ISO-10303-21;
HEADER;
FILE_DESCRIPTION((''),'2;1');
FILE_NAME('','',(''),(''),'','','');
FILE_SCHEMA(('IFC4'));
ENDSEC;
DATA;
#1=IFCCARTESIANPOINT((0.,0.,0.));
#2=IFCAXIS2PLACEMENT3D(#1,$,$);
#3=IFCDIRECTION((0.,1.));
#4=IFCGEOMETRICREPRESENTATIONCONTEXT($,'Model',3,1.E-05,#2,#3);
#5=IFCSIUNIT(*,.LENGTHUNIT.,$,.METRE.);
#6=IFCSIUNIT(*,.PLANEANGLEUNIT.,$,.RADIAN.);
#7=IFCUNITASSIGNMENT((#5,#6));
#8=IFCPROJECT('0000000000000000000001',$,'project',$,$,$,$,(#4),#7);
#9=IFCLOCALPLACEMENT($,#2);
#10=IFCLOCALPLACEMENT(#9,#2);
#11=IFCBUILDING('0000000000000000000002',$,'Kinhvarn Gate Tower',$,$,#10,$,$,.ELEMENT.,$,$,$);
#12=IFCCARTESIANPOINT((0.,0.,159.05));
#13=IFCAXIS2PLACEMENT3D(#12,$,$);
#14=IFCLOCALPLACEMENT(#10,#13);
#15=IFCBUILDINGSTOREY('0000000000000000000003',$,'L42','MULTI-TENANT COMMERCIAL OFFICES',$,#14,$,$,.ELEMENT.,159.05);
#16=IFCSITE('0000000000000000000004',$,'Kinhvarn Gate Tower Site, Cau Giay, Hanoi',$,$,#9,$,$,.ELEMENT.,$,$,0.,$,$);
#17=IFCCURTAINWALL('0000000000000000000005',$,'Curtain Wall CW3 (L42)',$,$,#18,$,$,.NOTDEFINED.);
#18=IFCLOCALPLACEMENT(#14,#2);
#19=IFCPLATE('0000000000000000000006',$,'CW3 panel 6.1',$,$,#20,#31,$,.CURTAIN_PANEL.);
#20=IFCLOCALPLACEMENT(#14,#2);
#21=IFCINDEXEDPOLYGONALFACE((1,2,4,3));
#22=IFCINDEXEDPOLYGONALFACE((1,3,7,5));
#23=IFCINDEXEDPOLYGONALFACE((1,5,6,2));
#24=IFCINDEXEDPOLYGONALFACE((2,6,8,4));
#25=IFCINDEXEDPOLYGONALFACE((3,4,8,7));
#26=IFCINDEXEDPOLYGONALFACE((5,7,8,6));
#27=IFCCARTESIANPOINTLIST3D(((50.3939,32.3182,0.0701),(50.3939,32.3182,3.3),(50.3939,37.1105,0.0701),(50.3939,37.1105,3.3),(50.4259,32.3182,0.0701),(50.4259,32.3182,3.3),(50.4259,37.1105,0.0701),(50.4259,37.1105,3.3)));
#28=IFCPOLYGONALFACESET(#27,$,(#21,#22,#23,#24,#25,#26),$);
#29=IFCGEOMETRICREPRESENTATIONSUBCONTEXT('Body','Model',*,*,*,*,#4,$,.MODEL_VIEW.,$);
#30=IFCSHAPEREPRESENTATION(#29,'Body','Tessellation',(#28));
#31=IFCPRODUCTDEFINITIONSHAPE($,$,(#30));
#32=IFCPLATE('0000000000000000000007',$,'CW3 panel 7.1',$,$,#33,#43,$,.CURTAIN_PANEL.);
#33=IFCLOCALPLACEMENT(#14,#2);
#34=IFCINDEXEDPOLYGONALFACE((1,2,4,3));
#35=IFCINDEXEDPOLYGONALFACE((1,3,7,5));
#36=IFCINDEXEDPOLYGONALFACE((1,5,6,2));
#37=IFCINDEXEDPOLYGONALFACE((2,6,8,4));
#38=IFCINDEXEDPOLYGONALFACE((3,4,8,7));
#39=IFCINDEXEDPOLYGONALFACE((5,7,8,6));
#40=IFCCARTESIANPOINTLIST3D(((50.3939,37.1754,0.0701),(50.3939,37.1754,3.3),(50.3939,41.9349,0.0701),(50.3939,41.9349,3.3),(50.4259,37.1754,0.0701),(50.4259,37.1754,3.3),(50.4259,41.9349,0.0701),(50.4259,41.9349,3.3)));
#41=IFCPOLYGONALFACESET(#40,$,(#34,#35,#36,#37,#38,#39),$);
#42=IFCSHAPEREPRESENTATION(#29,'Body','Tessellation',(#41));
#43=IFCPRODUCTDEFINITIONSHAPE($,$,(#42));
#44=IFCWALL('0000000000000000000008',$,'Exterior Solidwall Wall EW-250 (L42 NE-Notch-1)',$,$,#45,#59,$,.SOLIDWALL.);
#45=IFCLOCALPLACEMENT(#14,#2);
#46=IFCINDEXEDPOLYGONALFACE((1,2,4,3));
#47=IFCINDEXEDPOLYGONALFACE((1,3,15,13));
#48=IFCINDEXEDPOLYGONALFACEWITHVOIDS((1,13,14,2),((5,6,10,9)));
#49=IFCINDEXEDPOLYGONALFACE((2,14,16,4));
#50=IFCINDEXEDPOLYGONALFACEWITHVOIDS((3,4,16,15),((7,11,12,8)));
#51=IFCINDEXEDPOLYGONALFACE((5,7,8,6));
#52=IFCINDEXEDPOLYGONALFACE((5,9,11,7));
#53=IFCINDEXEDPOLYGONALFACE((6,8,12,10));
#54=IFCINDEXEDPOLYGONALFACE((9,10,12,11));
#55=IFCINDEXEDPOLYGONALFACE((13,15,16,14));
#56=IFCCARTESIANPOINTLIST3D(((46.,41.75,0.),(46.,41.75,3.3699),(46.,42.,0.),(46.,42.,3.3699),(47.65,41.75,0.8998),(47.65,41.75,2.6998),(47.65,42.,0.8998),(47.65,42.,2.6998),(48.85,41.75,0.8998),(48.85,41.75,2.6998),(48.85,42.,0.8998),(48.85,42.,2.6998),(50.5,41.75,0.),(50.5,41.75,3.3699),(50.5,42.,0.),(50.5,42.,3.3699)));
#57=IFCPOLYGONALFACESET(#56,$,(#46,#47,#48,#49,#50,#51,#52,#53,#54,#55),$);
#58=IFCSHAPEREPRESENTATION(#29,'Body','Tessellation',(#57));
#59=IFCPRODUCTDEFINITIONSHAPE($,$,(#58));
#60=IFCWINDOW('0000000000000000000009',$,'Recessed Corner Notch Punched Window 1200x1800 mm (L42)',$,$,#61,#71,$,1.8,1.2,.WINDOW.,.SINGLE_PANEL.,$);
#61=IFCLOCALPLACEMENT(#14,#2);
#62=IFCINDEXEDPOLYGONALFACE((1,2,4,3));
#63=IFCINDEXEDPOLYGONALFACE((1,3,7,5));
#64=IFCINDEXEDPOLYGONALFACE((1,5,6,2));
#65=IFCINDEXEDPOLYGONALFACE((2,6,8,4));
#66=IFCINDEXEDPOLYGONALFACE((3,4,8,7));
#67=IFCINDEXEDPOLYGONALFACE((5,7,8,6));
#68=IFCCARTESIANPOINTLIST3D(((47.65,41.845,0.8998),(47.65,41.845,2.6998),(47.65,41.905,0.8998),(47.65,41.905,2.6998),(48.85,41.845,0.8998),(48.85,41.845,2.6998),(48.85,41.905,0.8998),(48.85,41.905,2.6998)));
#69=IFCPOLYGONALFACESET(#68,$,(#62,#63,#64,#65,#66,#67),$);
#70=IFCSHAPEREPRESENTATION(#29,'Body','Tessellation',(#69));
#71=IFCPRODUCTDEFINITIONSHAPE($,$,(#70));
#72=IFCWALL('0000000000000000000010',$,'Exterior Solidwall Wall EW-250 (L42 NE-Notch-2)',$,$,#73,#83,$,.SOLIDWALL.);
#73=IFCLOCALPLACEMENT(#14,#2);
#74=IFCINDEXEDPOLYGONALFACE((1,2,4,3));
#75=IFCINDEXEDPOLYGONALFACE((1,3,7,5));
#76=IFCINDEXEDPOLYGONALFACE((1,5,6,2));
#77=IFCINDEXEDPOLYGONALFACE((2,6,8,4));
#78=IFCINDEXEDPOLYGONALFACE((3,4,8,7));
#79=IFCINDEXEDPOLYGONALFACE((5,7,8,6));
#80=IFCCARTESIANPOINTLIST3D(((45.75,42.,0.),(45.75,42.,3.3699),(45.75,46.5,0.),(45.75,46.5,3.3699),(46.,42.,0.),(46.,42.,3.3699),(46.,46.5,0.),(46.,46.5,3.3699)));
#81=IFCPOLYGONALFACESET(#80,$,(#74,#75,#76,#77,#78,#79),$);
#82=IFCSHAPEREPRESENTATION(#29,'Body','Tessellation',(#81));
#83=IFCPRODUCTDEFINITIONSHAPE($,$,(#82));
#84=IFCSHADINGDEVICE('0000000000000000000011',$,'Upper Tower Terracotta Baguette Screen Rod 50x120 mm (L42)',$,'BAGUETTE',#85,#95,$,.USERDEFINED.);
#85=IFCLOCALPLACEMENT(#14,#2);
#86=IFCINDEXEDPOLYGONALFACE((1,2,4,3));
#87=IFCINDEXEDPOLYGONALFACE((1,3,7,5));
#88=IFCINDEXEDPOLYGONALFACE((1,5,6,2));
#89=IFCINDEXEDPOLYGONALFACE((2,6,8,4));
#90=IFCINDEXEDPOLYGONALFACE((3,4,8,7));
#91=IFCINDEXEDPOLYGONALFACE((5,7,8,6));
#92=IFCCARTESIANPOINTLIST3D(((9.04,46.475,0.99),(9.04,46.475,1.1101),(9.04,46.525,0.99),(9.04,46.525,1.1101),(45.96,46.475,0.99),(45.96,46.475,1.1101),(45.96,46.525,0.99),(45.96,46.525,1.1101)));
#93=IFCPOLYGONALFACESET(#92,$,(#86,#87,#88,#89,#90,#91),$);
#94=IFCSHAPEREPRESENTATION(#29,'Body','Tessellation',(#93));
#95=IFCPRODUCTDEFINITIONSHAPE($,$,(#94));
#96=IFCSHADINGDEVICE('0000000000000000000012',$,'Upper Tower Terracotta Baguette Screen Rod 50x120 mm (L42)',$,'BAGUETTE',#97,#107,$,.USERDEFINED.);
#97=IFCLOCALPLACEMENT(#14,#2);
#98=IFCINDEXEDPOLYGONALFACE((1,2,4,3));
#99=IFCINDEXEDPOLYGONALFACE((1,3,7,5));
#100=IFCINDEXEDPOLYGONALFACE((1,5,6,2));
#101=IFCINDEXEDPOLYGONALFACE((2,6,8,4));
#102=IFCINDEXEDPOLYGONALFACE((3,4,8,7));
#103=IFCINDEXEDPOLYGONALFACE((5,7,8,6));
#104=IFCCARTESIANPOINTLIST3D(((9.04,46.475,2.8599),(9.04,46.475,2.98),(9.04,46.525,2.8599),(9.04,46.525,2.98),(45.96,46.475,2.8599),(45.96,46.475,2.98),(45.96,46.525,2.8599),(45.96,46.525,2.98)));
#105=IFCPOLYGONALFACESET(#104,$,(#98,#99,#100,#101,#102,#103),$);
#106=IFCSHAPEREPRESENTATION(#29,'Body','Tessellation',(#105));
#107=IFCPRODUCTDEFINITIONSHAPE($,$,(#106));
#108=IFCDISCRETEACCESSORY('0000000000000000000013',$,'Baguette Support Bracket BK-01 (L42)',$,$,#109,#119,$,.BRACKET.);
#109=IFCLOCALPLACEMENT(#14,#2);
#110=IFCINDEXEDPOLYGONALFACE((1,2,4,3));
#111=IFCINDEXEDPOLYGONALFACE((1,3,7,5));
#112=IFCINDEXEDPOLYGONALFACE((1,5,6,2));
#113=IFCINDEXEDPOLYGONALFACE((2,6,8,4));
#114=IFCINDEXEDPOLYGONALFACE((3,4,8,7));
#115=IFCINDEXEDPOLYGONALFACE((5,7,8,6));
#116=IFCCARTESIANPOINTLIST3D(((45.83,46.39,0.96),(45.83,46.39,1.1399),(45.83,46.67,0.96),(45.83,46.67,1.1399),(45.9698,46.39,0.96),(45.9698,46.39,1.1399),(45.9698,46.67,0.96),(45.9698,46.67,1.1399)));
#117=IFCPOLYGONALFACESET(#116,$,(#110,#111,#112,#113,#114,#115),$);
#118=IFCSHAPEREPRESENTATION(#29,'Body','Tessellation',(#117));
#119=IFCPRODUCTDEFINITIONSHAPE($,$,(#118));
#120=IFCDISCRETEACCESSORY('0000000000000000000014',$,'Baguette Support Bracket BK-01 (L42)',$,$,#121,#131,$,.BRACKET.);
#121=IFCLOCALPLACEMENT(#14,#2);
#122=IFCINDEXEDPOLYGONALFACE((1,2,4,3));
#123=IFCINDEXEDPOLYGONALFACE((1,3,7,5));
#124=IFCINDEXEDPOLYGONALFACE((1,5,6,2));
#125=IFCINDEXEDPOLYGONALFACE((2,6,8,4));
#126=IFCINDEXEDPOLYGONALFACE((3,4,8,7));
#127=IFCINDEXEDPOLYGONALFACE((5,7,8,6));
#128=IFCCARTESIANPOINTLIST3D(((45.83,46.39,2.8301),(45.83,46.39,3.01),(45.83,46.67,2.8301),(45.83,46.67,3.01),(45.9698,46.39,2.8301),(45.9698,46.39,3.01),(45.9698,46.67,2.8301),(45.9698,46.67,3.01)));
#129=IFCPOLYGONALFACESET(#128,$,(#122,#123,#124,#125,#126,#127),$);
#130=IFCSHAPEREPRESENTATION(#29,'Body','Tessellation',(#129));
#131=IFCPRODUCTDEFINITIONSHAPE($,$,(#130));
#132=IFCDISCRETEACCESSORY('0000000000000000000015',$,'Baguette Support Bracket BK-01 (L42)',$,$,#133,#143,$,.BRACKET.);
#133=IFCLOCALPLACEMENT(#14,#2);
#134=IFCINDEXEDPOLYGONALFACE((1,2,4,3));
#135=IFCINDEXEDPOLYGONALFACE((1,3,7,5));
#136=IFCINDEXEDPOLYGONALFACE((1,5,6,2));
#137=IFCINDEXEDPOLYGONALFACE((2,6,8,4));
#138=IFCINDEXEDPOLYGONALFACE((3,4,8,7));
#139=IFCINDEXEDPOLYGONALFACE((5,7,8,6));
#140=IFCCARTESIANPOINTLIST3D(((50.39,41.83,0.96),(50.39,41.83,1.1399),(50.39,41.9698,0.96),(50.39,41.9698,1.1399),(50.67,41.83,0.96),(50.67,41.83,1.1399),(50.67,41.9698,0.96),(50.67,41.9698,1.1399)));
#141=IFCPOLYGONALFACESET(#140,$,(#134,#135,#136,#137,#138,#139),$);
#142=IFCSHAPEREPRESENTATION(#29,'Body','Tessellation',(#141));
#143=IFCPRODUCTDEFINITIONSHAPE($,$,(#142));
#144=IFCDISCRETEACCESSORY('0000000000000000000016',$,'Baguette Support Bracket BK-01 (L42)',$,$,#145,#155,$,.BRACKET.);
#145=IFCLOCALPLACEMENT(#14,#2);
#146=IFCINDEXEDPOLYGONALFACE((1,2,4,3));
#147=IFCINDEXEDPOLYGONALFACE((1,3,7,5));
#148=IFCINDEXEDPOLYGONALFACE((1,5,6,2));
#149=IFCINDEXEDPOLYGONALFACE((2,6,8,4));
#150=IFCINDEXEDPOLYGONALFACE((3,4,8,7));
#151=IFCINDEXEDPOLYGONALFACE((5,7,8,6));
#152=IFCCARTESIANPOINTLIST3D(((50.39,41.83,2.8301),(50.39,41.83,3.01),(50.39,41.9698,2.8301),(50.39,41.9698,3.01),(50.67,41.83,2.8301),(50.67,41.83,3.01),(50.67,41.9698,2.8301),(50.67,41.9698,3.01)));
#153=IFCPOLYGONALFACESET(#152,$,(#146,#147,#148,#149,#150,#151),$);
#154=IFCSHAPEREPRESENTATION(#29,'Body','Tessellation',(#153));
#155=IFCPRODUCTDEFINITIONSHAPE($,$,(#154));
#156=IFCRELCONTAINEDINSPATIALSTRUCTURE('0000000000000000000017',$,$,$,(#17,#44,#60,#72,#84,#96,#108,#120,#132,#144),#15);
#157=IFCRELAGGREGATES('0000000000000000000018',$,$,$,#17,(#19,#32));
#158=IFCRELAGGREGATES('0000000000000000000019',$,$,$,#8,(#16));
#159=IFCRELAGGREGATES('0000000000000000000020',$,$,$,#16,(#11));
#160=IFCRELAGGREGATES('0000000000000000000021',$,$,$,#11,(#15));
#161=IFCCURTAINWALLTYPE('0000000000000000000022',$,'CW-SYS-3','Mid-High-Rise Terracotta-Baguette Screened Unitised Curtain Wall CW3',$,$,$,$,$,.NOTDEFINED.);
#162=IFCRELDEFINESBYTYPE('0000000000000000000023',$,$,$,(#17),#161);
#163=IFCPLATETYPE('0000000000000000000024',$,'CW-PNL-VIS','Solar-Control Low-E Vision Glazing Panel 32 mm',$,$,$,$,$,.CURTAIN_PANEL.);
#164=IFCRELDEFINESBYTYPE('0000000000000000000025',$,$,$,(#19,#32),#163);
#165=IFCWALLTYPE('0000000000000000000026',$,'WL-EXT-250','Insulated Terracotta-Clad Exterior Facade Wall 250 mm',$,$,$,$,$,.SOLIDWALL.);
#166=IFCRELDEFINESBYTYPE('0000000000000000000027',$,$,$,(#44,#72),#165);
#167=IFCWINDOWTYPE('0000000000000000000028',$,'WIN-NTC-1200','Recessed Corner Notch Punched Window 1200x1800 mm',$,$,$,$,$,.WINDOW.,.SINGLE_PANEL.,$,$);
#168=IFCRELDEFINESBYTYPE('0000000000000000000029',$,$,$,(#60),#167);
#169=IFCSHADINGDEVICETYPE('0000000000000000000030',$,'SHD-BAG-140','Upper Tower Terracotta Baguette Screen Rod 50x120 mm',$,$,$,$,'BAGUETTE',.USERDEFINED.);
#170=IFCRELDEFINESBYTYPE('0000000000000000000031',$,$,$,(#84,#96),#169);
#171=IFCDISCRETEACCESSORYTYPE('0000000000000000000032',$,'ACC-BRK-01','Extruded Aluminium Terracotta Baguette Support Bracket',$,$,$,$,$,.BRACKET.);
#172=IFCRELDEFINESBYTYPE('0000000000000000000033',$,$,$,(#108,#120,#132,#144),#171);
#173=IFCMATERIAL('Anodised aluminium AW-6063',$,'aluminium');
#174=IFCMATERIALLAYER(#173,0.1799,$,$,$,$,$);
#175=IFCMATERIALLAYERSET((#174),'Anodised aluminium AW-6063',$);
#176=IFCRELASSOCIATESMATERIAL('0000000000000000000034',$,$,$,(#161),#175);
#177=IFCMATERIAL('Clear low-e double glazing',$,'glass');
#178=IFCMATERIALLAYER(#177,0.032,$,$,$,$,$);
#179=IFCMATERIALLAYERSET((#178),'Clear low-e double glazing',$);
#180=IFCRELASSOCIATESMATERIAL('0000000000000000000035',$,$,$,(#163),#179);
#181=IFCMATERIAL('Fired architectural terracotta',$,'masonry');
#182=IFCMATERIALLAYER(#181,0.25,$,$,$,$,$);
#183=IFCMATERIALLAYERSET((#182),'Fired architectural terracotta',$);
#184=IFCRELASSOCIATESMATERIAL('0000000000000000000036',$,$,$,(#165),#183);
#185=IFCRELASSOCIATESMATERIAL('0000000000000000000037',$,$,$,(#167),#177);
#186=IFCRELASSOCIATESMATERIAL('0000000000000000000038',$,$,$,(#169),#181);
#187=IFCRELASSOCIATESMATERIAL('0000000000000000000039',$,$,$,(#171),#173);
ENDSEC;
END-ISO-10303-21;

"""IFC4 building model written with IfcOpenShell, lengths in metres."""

from ifc_helpers import new_model, si_unit, direction, frame, frame_2d, origin, origin_2d, place, context, subcontext, project, spatial, rectangle, extrude, material, layer, layer_set, material_profile, profile_set, type_object, element, fill, aggregate, save


model = new_model("IFC4")

# Units and contexts
model_context = context("Model", 3, precision=1e-05, world=origin(), true_north=direction((0.0, 1.0)))
body_context = subcontext(model_context, "Body", "Model", "MODEL_VIEW")
ifc_project = project(units=[si_unit("LENGTHUNIT", "METRE"), si_unit("PLANEANGLEUNIT", "RADIAN")], contexts=[model_context])

# Site, building, storey
site_placement = place(None, origin())
site = spatial("IfcSite", under=ifc_project, at=site_placement, Name="Kinhvarn Gate Tower Site, Cau Giay, Hanoi", CompositionType="ELEMENT", RefElevation=0.0)
building_placement = place(site_placement, origin())
building = spatial("IfcBuilding", under=site, at=building_placement, Name="Kinhvarn Gate Tower", CompositionType="ELEMENT")
storey_placement = place(building_placement, frame((0.0, 0.0, 159.05)))
storey = spatial("IfcBuildingStorey", under=building, at=storey_placement, Name="L42", Description="MULTI-TENANT COMMERCIAL OFFICES", CompositionType="ELEMENT", Elevation=159.05)

# Curtain wall
ifc_material_1 = material(Name="Anodised aluminium AW-6063", Category="aluminium")
ifc_layer_1 = layer(ifc_material_1, 0.1799)
ifc_layer_set_1 = layer_set([ifc_layer_1], Name="Anodised aluminium AW-6063")
curtain_wall_type = type_object("IfcCurtainWallType", Name="CW-SYS-3", Description="Mid-High-Rise Terracotta-Baguette Screened Unitised Curtain Wall CW3", PredefinedType="NOTDEFINED", material=ifc_layer_set_1)
curtain_wall_1_placement = place(storey_placement, origin())
curtain_wall_1 = element("IfcCurtainWall", 1, at=curtain_wall_1_placement, inside=storey, type_object=curtain_wall_type, Name="Curtain Wall CW3 (L42)", PredefinedType="NOTDEFINED")

# Plates
ifc_material_2 = material(Name="Clear low-e double glazing", Category="glass")
ifc_layer_2 = layer(ifc_material_2, 0.032)
ifc_layer_set_2 = layer_set([ifc_layer_2], Name="Clear low-e double glazing")
plate_type = type_object("IfcPlateType", Name="CW-PNL-VIS", Description="Solar-Control Low-E Vision Glazing Panel 32 mm", PredefinedType="CURTAIN_PANEL", material=ifc_layer_set_2)
plate_1_placement = place(storey_placement, frame((50.4099, 34.7144, 0.0701), z_axis=(0.0, 0.0, 1.0), x_axis=(0.0, 1.0, 0.0)))
plate_1 = element("IfcPlate", 2, at=plate_1_placement, type_object=plate_type, Name="CW3 panel 6.1", PredefinedType="CURTAIN_PANEL", context=body_context, shape_type="SweptSolid", body=[
    extrude(rectangle(XDim=4.7922, YDim=0.032, at=origin_2d()), origin(), (0.0, 0.0, 1.0), 3.23),
])
plate_2_placement = place(storey_placement, frame((50.4099, 39.5552, 0.0701), z_axis=(0.0, 0.0, 1.0), x_axis=(0.0, 1.0, 0.0)))
plate_2 = element("IfcPlate", 3, at=plate_2_placement, type_object=plate_type, Name="CW3 panel 7.1", PredefinedType="CURTAIN_PANEL", context=body_context, shape_type="SweptSolid", body=[
    extrude(rectangle(XDim=4.7595, YDim=0.032, at=origin_2d()), origin(), (0.0, 0.0, 1.0), 3.23),
])
aggregate(curtain_wall_1, [plate_1, plate_2])

# Wall, opening, window
ifc_material_3 = material(Name="Fired architectural terracotta", Category="masonry")
ifc_layer_3 = layer(ifc_material_3, 0.25)
ifc_layer_set_3 = layer_set([ifc_layer_3], Name="Fired architectural terracotta")
wall_type = type_object("IfcWallType", Name="WL-EXT-250", Description="Insulated Terracotta-Clad Exterior Facade Wall 250 mm", PredefinedType="SOLIDWALL", material=ifc_layer_set_3)
wall_1_placement = place(storey_placement, frame((50.5, 41.875, 0.0), z_axis=(0.0, 0.0, 1.0), x_axis=(-1.0, 0.0, 0.0)))
wall_1 = element("IfcWall", 4, at=wall_1_placement, inside=storey, type_object=wall_type, Name="Exterior Solidwall Wall EW-250 (L42 NE-Notch-1)", PredefinedType="SOLIDWALL", context=body_context, shape_type="SweptSolid", body=[
    extrude(rectangle(XDim=4.5, YDim=0.25, at=frame_2d((2.25, 0.0))), origin(), (0.0, 0.0, 1.0), 3.3699),
])
opening_placement = place(wall_1_placement, frame((1.6499, 0.0, 0.8999)))
opening = element("IfcOpeningElement", 5, at=opening_placement, cuts=wall_1, PredefinedType="OPENING", context=body_context, shape_type="SweptSolid", body=[
    extrude(rectangle(XDim=1.2, YDim=1.8, at=frame_2d((0.6001, 0.8999))), frame((0.0, 0.135, 0.0), z_axis=(0.0, -1.0, 0.0), x_axis=(1.0, 0.0, 0.0)), (0.0, 0.0, 1.0), 0.27),
])
window_type = type_object("IfcWindowType", Name="WIN-NTC-1200", Description="Recessed Corner Notch Punched Window 1200x1800 mm", PartitioningType="SINGLE_PANEL", PredefinedType="WINDOW", material=ifc_material_2)
window_placement = place(opening_placement, origin())
window = element("IfcWindow", 6, at=window_placement, inside=storey, type_object=window_type, Name="Recessed Corner Notch Punched Window 1200x1800 mm (L42)", OverallHeight=1.8, OverallWidth=1.2, PartitioningType="SINGLE_PANEL", PredefinedType="WINDOW", context=body_context, shape_type="SweptSolid", body=[
    extrude(rectangle(XDim=1.2, YDim=1.8, at=frame_2d((0.6001, 0.8999))), frame((0.0, 0.03, 0.0), z_axis=(0.0, -1.0, 0.0), x_axis=(1.0, 0.0, 0.0)), (0.0, 0.0, 1.0), 0.0601),
])
fill(opening, window)

# Wall
wall_2_placement = place(storey_placement, frame((45.875, 42.0, 0.0), z_axis=(0.0, 0.0, 1.0), x_axis=(0.0, 1.0, 0.0)))
element("IfcWall", 7, at=wall_2_placement, inside=storey, type_object=wall_type, Name="Exterior Solidwall Wall EW-250 (L42 NE-Notch-2)", PredefinedType="SOLIDWALL", context=body_context, shape_type="SweptSolid", body=[
    extrude(rectangle(XDim=4.5, YDim=0.25, at=frame_2d((2.25, 0.0))), origin(), (0.0, 0.0, 1.0), 3.3699),
])

# Shading devices
ifc_material_profile_1 = material_profile(ifc_material_3, rectangle(XDim=0.05, YDim=0.1201, at=origin_2d()), Name="TC 50x120")
ifc_profile_set_1 = profile_set([ifc_material_profile_1], Name="Fired architectural terracotta")
shading_device_type = type_object("IfcShadingDeviceType", Name="SHD-BAG-140", Description="Upper Tower Terracotta Baguette Screen Rod 50x120 mm", ElementType="BAGUETTE", PredefinedType="USERDEFINED", material=ifc_profile_set_1)
for number, where, z_axis, x_axis, name in (
    (8, (45.96, 46.5, 1.05), (-1.0, 0.0, 0.0), (0.0, -1.0, 0.0), "Upper Tower Terracotta Baguette Screen Rod 50x120 mm (L42)"),
    (9, (45.96, 46.5, 2.9199), (-1.0, 0.0, 0.0), (0.0, -1.0, 0.0), "Upper Tower Terracotta Baguette Screen Rod 50x120 mm (L42)"),
):
    element("IfcShadingDevice", number, at=place(storey_placement, frame(where, z_axis=z_axis, x_axis=x_axis)), inside=storey, type_object=shading_device_type, Name=name, ObjectType="BAGUETTE", PredefinedType="USERDEFINED", context=body_context, shape_type="SweptSolid", body=[
        extrude(rectangle(XDim=0.05, YDim=0.1201, at=origin_2d()), origin(), (0.0, 0.0, 1.0), 36.9199),
    ])

# Discrete accessories
discrete_accessory_type = type_object("IfcDiscreteAccessoryType", Name="ACC-BRK-01", Description="Extruded Aluminium Terracotta Baguette Support Bracket", PredefinedType="BRACKET", material=ifc_material_1)
for number, where, z_axis, x_axis, name in (
    (10, (45.8999, 46.53, 0.96), (0.0, 0.0, 1.0), (-1.0, 0.0, 0.0), "Baguette Support Bracket BK-01 (L42)"),
    (11, (45.8999, 46.53, 2.8301), (0.0, 0.0, 1.0), (-1.0, 0.0, 0.0), "Baguette Support Bracket BK-01 (L42)"),
    (12, (50.53, 41.8999, 0.96), (0.0, 0.0, 1.0), (0.0, 1.0, 0.0), "Baguette Support Bracket BK-01 (L42)"),
    (13, (50.53, 41.8999, 2.8301), (0.0, 0.0, 1.0), (0.0, 1.0, 0.0), "Baguette Support Bracket BK-01 (L42)"),
):
    element("IfcDiscreteAccessory", number, at=place(storey_placement, frame(where, z_axis=z_axis, x_axis=x_axis)), inside=storey, type_object=discrete_accessory_type, Name=name, PredefinedType="BRACKET", context=body_context, shape_type="SweptSolid", body=[
        extrude(rectangle(XDim=0.1399, YDim=0.28, at=origin_2d()), origin(), (0.0, 0.0, 1.0), 0.1799),
    ])

save(model, "model.ifc")
